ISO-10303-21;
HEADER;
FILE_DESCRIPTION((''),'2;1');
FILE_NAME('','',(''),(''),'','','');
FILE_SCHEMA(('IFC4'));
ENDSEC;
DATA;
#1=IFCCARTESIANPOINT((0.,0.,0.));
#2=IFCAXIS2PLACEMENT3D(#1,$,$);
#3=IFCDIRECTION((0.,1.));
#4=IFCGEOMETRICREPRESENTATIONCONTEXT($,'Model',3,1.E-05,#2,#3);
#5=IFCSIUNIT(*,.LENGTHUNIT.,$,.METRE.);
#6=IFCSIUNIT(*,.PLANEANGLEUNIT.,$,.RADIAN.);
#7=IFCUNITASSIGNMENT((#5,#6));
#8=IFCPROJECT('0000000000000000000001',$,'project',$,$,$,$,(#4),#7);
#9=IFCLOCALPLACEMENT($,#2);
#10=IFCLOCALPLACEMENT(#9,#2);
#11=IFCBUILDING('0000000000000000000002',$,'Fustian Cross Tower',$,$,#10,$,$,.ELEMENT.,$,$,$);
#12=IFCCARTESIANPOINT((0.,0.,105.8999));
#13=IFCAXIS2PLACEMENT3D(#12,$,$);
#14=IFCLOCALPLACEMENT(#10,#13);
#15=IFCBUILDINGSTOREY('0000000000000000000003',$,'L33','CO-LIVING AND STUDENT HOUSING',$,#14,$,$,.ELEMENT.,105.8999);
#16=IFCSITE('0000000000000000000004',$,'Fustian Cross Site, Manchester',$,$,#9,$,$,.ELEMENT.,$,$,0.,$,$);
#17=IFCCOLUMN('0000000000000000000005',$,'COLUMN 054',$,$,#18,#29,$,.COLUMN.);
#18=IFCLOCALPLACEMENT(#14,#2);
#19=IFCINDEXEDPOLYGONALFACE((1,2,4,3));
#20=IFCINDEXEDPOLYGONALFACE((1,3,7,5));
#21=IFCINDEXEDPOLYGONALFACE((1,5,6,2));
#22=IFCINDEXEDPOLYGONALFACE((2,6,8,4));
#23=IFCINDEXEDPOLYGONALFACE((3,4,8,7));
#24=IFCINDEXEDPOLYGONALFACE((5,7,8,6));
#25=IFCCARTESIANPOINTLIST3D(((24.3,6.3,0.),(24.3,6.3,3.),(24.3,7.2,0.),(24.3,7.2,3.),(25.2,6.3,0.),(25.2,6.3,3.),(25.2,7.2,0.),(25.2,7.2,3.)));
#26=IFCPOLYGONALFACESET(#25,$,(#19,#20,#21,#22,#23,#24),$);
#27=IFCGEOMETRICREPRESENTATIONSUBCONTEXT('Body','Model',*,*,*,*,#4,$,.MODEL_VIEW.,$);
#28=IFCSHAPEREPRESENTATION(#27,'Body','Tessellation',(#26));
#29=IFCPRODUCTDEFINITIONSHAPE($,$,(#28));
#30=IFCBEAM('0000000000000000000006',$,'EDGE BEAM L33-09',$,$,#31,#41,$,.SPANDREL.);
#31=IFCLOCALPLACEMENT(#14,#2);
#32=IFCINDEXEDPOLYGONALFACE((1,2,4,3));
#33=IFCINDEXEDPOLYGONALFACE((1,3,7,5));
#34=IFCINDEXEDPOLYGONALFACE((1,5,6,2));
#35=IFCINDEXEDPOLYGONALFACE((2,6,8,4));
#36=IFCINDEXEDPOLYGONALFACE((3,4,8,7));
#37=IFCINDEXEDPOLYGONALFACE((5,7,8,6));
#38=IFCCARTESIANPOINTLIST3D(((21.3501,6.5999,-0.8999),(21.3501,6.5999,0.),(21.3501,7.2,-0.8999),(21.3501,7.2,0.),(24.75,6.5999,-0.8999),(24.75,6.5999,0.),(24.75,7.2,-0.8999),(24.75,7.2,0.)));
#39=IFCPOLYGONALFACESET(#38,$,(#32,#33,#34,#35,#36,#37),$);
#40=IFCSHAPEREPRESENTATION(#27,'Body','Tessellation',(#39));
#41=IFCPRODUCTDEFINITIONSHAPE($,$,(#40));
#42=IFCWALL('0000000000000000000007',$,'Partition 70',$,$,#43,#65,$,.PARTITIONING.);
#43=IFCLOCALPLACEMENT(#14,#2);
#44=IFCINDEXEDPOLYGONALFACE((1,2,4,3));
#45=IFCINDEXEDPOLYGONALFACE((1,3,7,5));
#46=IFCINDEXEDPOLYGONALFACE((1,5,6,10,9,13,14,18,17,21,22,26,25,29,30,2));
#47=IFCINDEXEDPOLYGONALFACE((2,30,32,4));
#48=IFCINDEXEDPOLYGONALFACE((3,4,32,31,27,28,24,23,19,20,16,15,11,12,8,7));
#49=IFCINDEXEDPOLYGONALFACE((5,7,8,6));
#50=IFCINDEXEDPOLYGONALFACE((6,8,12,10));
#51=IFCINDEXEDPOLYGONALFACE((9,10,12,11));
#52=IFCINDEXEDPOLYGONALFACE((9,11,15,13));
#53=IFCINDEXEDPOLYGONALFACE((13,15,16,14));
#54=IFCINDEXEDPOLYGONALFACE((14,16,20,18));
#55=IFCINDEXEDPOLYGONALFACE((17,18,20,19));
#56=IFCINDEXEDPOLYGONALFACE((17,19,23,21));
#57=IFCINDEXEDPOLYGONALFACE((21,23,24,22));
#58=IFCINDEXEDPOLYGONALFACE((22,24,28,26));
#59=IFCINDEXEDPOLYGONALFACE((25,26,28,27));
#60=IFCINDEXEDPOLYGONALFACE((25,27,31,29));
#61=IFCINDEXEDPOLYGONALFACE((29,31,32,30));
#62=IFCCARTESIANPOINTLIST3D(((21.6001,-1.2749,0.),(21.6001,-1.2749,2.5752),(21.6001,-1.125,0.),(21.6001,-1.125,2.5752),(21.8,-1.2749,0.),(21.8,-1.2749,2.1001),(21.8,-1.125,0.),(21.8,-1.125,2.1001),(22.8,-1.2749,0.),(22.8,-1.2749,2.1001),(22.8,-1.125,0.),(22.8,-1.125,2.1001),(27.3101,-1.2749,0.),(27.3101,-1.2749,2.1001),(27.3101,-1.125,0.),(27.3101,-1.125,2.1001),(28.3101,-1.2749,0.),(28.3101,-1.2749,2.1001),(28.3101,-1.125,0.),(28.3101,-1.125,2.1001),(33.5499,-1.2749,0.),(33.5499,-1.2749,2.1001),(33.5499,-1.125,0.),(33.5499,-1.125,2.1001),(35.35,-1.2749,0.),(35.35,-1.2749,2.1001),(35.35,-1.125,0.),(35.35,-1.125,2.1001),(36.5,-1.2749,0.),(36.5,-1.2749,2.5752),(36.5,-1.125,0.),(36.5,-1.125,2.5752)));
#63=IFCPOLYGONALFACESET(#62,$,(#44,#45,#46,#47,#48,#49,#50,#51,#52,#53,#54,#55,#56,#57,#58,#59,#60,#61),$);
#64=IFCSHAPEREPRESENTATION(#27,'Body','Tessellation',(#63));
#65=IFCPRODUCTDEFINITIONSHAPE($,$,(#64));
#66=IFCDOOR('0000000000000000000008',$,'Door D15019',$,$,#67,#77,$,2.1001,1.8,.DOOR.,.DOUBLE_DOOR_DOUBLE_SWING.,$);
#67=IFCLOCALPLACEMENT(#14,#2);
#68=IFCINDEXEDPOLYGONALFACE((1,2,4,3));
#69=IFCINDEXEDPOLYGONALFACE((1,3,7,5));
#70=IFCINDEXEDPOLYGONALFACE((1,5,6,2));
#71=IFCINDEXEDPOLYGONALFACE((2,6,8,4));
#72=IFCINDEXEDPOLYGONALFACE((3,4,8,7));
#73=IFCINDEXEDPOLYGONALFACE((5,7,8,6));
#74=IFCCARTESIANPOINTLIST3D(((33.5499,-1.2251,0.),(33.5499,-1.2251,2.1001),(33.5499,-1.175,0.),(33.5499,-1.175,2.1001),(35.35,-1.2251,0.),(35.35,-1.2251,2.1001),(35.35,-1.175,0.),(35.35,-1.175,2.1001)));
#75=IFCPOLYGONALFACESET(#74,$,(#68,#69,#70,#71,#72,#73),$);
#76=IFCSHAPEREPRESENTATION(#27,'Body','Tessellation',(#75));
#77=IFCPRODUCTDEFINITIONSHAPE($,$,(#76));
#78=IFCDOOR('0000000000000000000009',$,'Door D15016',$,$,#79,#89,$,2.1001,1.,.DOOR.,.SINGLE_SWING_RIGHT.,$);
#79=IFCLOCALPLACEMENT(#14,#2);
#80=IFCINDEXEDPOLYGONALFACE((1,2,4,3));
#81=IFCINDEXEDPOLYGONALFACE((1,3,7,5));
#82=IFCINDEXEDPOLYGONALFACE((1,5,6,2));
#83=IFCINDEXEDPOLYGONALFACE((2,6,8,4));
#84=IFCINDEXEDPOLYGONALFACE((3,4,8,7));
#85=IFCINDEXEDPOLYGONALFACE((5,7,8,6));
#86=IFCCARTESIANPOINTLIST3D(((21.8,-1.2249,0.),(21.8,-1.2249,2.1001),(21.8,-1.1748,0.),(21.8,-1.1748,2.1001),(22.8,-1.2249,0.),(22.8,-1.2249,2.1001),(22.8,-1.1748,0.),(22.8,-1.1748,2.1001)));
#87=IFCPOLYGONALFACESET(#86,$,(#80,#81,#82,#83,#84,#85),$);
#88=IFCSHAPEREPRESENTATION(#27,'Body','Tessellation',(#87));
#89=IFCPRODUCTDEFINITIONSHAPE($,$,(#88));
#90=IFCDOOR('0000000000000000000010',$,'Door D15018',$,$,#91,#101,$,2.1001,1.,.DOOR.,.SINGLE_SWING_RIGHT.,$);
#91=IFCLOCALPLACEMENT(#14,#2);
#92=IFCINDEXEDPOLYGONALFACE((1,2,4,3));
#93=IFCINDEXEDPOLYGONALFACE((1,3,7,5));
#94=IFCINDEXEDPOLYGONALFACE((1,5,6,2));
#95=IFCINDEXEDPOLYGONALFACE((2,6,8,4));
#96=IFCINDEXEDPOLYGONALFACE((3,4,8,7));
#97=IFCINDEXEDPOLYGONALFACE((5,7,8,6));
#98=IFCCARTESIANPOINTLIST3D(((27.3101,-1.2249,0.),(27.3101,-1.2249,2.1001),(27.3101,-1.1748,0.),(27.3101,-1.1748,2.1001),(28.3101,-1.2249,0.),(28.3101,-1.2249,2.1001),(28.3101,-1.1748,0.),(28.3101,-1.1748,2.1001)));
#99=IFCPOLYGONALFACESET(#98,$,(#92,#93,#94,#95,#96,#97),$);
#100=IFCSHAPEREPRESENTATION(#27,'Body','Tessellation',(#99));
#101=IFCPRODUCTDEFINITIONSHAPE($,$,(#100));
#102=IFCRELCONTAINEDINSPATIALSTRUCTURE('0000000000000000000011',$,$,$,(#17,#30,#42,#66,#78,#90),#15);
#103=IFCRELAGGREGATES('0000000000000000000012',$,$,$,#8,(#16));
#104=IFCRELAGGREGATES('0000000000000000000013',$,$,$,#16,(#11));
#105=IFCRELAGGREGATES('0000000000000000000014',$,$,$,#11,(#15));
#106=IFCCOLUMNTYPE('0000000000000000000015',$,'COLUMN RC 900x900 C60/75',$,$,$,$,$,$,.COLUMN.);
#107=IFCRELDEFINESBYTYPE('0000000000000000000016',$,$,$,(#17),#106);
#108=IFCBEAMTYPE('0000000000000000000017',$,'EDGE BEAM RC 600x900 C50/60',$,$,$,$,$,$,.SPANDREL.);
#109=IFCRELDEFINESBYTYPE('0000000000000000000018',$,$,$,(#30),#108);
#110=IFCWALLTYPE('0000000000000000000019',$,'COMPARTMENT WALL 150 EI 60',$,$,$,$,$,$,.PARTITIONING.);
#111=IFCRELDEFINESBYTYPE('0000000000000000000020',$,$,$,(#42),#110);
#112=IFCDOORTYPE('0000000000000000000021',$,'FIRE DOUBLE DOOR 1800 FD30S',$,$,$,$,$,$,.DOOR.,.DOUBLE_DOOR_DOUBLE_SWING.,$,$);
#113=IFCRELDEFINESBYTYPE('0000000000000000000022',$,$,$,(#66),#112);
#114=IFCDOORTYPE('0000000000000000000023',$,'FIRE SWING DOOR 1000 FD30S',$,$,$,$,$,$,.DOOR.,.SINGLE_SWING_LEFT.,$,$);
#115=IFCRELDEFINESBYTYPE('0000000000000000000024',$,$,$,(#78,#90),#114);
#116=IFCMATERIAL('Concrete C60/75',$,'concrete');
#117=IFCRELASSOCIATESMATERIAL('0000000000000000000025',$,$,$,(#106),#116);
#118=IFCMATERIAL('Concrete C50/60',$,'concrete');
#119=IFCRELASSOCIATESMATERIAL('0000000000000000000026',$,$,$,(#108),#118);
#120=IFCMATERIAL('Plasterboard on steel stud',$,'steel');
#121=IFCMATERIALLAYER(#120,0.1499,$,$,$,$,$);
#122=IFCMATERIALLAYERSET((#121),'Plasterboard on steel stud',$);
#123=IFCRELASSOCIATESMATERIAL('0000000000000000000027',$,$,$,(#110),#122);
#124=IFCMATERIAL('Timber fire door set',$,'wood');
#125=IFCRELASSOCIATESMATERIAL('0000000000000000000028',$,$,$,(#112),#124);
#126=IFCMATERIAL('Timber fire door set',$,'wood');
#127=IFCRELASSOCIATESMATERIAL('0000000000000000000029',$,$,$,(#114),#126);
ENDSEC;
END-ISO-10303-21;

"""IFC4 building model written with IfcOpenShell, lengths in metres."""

from ifc_helpers import new_model, si_unit, direction, frame, frame_2d, origin, origin_2d, place, context, subcontext, project, spatial, rectangle, extrude, material, layer, layer_set, material_profile, profile_set, type_object, element, fill, save


model = new_model("IFC4")

# Units and contexts
model_context = context("Model", 3, precision=1e-05, world=origin(), true_north=direction((0.0, 1.0)))
body_context = subcontext(model_context, "Body", "Model", "MODEL_VIEW")
ifc_project = project(units=[si_unit("LENGTHUNIT", "METRE"), si_unit("PLANEANGLEUNIT", "RADIAN")], contexts=[model_context])

# Site, building, storey
site_placement = place(None, origin())
site = spatial("IfcSite", under=ifc_project, at=site_placement, Name="Fustian Cross Site, Manchester", CompositionType="ELEMENT", RefElevation=0.0)
building_placement = place(site_placement, origin())
building = spatial("IfcBuilding", under=site, at=building_placement, Name="Fustian Cross Tower", CompositionType="ELEMENT")
storey_placement = place(building_placement, frame((0.0, 0.0, 105.8999)))
storey = spatial("IfcBuildingStorey", under=building, at=storey_placement, Name="L33", Description="CO-LIVING AND STUDENT HOUSING", CompositionType="ELEMENT", Elevation=105.8999)

# Column
ifc_material_1 = material(Name="Concrete C60/75", Category="concrete")
ifc_material_profile_1 = material_profile(ifc_material_1, rectangle(XDim=0.8999, YDim=0.8999, at=origin_2d()), Name="RC 900x900")
ifc_profile_set_1 = profile_set([ifc_material_profile_1], Name="Concrete C60/75")
column_type = type_object("IfcColumnType", Name="COLUMN RC 900x900 C60/75", PredefinedType="COLUMN", material=ifc_profile_set_1)
column_placement = place(storey_placement, frame((24.75, 6.75, 0.0), z_axis=(0.0, 0.0, 1.0), x_axis=(1.0, 0.0, 0.0)))
element("IfcColumn", 1, at=column_placement, inside=storey, type_object=column_type, Name="COLUMN 054", PredefinedType="COLUMN", context=body_context, shape_type="SweptSolid", body=[
    extrude(rectangle(XDim=0.8999, YDim=0.8999, at=origin_2d()), origin(), (0.0, 0.0, 1.0), 3.0),
])

# Beam
ifc_material_2 = material(Name="Concrete C50/60", Category="concrete")
ifc_material_profile_2 = material_profile(ifc_material_2, rectangle(XDim=0.6001, YDim=0.8999, at=origin_2d()), Name="RC 600x900")
ifc_profile_set_2 = profile_set([ifc_material_profile_2], Name="Concrete C50/60")
beam_type = type_object("IfcBeamType", Name="EDGE BEAM RC 600x900 C50/60", PredefinedType="SPANDREL", material=ifc_profile_set_2)
beam_placement = place(storey_placement, frame((24.75, 6.8999, -0.45), z_axis=(-1.0, 0.0, 0.0), x_axis=(0.0, -1.0, 0.0)))
element("IfcBeam", 2, at=beam_placement, inside=storey, type_object=beam_type, Name="EDGE BEAM L33-09", PredefinedType="SPANDREL", context=body_context, shape_type="SweptSolid", body=[
    extrude(rectangle(XDim=0.6001, YDim=0.8999, at=origin_2d()), origin(), (0.0, 0.0, 1.0), 3.3999),
])

# Wall, openings, doors
ifc_material_3 = material(Name="Plasterboard on steel stud", Category="steel")
ifc_layer_1 = layer(ifc_material_3, 0.1499)
ifc_layer_set_1 = layer_set([ifc_layer_1], Name="Plasterboard on steel stud")
wall_type_1 = type_object("IfcWallType", Name="COMPARTMENT WALL 150 EI 60", PredefinedType="PARTITIONING", material=ifc_layer_set_1)
wall_1_placement = place(storey_placement, frame((21.6001, -1.2, 0.0), z_axis=(0.0, 0.0, 1.0), x_axis=(1.0, 0.0, 0.0)))
wall_1 = element("IfcWall", 3, at=wall_1_placement, inside=storey, type_object=wall_type_1, Name="Partition 70", PredefinedType="PARTITIONING", context=body_context, shape_type="SweptSolid", body=[
    extrude(rectangle(XDim=14.8999, YDim=0.1499, at=frame_2d((7.45, 0.0))), origin(), (0.0, 0.0, 1.0), 2.5752),
])
opening_1_placement = place(wall_1_placement, frame((0.2, 0.0, 0.0)))
opening_1 = element("IfcOpeningElement", 4, at=opening_1_placement, cuts=wall_1, PredefinedType="OPENING", context=body_context, shape_type="SweptSolid", body=[
    extrude(rectangle(XDim=1.0, YDim=2.1001, at=frame_2d((0.5, 1.05))), frame((0.0, 0.085, 0.0), z_axis=(0.0, -1.0, 0.0), x_axis=(1.0, 0.0, 0.0)), (0.0, 0.0, 1.0), 0.1699),
])
opening_2_placement = place(wall_1_placement, frame((5.71, 0.0, 0.0)))
opening_2 = element("IfcOpeningElement", 5, at=opening_2_placement, cuts=wall_1, PredefinedType="OPENING", context=body_context, shape_type="SweptSolid", body=[
    extrude(rectangle(XDim=1.0, YDim=2.1001, at=frame_2d((0.5, 1.05))), frame((0.0, 0.085, 0.0), z_axis=(0.0, -1.0, 0.0), x_axis=(1.0, 0.0, 0.0)), (0.0, 0.0, 1.0), 0.1699),
])
opening_3_placement = place(wall_1_placement, frame((11.95, 0.0, 0.0)))
opening_3 = element("IfcOpeningElement", 6, at=opening_3_placement, cuts=wall_1, PredefinedType="OPENING", context=body_context, shape_type="SweptSolid", body=[
    extrude(rectangle(XDim=1.8, YDim=2.1001, at=frame_2d((0.8999, 1.05))), frame((0.0, 0.085, 0.0), z_axis=(0.0, -1.0, 0.0), x_axis=(1.0, 0.0, 0.0)), (0.0, 0.0, 1.0), 0.1699),
])
ifc_material_4 = material(Name="Timber fire door set", Category="wood")
door_type_1 = type_object("IfcDoorType", Name="FIRE DOUBLE DOOR 1800 FD30S", OperationType="DOUBLE_DOOR_DOUBLE_SWING", PredefinedType="DOOR", material=ifc_material_4)
door_1_placement = place(opening_3_placement, origin())
door_1 = element("IfcDoor", 7, at=door_1_placement, inside=storey, type_object=door_type_1, Name="Door D15019", OperationType="DOUBLE_DOOR_DOUBLE_SWING", OverallHeight=2.1001, OverallWidth=1.8, PredefinedType="DOOR", context=body_context, shape_type="SweptSolid", body=[
    extrude(rectangle(XDim=1.8, YDim=2.1001, at=frame_2d((0.8999, 1.05))), frame((0.0, 0.0249, 0.0), z_axis=(0.0, -1.0, 0.0), x_axis=(1.0, 0.0, 0.0)), (0.0, 0.0, 1.0), 0.05),
])
fill(opening_3, door_1)
ifc_material_5 = material(Name="Timber fire door set", Category="wood")
door_type_2 = type_object("IfcDoorType", Name="FIRE SWING DOOR 1000 FD30S", OperationType="SINGLE_SWING_LEFT", PredefinedType="DOOR", material=ifc_material_5)
door_2_placement = place(opening_1_placement, frame((1.0, 0.0, 0.0), z_axis=(0.0, 0.0, 1.0), x_axis=(-1.0, 0.0, 0.0)))
door_2 = element("IfcDoor", 8, at=door_2_placement, inside=storey, type_object=door_type_2, Name="Door D15016", OperationType="SINGLE_SWING_RIGHT", OverallHeight=2.1001, OverallWidth=1.0, PredefinedType="DOOR", context=body_context, shape_type="SweptSolid", body=[
    extrude(rectangle(XDim=1.0, YDim=2.1001, at=frame_2d((0.5, 1.05))), frame((0.0, 0.0249, 0.0), z_axis=(0.0, -1.0, 0.0), x_axis=(1.0, 0.0, 0.0)), (0.0, 0.0, 1.0), 0.05),
])
fill(opening_1, door_2)
door_3_placement = place(opening_2_placement, frame((1.0, 0.0, 0.0), z_axis=(0.0, 0.0, 1.0), x_axis=(-1.0, 0.0, 0.0)))
door_3 = element("IfcDoor", 9, at=door_3_placement, inside=storey, type_object=door_type_2, Name="Door D15018", OperationType="SINGLE_SWING_RIGHT", OverallHeight=2.1001, OverallWidth=1.0, PredefinedType="DOOR", context=body_context, shape_type="SweptSolid", body=[
    extrude(rectangle(XDim=1.0, YDim=2.1001, at=frame_2d((0.5, 1.05))), frame((0.0, 0.0249, 0.0), z_axis=(0.0, -1.0, 0.0), x_axis=(1.0, 0.0, 0.0)), (0.0, 0.0, 1.0), 0.05),
])
fill(opening_2, door_3)

save(model, "model.ifc")
